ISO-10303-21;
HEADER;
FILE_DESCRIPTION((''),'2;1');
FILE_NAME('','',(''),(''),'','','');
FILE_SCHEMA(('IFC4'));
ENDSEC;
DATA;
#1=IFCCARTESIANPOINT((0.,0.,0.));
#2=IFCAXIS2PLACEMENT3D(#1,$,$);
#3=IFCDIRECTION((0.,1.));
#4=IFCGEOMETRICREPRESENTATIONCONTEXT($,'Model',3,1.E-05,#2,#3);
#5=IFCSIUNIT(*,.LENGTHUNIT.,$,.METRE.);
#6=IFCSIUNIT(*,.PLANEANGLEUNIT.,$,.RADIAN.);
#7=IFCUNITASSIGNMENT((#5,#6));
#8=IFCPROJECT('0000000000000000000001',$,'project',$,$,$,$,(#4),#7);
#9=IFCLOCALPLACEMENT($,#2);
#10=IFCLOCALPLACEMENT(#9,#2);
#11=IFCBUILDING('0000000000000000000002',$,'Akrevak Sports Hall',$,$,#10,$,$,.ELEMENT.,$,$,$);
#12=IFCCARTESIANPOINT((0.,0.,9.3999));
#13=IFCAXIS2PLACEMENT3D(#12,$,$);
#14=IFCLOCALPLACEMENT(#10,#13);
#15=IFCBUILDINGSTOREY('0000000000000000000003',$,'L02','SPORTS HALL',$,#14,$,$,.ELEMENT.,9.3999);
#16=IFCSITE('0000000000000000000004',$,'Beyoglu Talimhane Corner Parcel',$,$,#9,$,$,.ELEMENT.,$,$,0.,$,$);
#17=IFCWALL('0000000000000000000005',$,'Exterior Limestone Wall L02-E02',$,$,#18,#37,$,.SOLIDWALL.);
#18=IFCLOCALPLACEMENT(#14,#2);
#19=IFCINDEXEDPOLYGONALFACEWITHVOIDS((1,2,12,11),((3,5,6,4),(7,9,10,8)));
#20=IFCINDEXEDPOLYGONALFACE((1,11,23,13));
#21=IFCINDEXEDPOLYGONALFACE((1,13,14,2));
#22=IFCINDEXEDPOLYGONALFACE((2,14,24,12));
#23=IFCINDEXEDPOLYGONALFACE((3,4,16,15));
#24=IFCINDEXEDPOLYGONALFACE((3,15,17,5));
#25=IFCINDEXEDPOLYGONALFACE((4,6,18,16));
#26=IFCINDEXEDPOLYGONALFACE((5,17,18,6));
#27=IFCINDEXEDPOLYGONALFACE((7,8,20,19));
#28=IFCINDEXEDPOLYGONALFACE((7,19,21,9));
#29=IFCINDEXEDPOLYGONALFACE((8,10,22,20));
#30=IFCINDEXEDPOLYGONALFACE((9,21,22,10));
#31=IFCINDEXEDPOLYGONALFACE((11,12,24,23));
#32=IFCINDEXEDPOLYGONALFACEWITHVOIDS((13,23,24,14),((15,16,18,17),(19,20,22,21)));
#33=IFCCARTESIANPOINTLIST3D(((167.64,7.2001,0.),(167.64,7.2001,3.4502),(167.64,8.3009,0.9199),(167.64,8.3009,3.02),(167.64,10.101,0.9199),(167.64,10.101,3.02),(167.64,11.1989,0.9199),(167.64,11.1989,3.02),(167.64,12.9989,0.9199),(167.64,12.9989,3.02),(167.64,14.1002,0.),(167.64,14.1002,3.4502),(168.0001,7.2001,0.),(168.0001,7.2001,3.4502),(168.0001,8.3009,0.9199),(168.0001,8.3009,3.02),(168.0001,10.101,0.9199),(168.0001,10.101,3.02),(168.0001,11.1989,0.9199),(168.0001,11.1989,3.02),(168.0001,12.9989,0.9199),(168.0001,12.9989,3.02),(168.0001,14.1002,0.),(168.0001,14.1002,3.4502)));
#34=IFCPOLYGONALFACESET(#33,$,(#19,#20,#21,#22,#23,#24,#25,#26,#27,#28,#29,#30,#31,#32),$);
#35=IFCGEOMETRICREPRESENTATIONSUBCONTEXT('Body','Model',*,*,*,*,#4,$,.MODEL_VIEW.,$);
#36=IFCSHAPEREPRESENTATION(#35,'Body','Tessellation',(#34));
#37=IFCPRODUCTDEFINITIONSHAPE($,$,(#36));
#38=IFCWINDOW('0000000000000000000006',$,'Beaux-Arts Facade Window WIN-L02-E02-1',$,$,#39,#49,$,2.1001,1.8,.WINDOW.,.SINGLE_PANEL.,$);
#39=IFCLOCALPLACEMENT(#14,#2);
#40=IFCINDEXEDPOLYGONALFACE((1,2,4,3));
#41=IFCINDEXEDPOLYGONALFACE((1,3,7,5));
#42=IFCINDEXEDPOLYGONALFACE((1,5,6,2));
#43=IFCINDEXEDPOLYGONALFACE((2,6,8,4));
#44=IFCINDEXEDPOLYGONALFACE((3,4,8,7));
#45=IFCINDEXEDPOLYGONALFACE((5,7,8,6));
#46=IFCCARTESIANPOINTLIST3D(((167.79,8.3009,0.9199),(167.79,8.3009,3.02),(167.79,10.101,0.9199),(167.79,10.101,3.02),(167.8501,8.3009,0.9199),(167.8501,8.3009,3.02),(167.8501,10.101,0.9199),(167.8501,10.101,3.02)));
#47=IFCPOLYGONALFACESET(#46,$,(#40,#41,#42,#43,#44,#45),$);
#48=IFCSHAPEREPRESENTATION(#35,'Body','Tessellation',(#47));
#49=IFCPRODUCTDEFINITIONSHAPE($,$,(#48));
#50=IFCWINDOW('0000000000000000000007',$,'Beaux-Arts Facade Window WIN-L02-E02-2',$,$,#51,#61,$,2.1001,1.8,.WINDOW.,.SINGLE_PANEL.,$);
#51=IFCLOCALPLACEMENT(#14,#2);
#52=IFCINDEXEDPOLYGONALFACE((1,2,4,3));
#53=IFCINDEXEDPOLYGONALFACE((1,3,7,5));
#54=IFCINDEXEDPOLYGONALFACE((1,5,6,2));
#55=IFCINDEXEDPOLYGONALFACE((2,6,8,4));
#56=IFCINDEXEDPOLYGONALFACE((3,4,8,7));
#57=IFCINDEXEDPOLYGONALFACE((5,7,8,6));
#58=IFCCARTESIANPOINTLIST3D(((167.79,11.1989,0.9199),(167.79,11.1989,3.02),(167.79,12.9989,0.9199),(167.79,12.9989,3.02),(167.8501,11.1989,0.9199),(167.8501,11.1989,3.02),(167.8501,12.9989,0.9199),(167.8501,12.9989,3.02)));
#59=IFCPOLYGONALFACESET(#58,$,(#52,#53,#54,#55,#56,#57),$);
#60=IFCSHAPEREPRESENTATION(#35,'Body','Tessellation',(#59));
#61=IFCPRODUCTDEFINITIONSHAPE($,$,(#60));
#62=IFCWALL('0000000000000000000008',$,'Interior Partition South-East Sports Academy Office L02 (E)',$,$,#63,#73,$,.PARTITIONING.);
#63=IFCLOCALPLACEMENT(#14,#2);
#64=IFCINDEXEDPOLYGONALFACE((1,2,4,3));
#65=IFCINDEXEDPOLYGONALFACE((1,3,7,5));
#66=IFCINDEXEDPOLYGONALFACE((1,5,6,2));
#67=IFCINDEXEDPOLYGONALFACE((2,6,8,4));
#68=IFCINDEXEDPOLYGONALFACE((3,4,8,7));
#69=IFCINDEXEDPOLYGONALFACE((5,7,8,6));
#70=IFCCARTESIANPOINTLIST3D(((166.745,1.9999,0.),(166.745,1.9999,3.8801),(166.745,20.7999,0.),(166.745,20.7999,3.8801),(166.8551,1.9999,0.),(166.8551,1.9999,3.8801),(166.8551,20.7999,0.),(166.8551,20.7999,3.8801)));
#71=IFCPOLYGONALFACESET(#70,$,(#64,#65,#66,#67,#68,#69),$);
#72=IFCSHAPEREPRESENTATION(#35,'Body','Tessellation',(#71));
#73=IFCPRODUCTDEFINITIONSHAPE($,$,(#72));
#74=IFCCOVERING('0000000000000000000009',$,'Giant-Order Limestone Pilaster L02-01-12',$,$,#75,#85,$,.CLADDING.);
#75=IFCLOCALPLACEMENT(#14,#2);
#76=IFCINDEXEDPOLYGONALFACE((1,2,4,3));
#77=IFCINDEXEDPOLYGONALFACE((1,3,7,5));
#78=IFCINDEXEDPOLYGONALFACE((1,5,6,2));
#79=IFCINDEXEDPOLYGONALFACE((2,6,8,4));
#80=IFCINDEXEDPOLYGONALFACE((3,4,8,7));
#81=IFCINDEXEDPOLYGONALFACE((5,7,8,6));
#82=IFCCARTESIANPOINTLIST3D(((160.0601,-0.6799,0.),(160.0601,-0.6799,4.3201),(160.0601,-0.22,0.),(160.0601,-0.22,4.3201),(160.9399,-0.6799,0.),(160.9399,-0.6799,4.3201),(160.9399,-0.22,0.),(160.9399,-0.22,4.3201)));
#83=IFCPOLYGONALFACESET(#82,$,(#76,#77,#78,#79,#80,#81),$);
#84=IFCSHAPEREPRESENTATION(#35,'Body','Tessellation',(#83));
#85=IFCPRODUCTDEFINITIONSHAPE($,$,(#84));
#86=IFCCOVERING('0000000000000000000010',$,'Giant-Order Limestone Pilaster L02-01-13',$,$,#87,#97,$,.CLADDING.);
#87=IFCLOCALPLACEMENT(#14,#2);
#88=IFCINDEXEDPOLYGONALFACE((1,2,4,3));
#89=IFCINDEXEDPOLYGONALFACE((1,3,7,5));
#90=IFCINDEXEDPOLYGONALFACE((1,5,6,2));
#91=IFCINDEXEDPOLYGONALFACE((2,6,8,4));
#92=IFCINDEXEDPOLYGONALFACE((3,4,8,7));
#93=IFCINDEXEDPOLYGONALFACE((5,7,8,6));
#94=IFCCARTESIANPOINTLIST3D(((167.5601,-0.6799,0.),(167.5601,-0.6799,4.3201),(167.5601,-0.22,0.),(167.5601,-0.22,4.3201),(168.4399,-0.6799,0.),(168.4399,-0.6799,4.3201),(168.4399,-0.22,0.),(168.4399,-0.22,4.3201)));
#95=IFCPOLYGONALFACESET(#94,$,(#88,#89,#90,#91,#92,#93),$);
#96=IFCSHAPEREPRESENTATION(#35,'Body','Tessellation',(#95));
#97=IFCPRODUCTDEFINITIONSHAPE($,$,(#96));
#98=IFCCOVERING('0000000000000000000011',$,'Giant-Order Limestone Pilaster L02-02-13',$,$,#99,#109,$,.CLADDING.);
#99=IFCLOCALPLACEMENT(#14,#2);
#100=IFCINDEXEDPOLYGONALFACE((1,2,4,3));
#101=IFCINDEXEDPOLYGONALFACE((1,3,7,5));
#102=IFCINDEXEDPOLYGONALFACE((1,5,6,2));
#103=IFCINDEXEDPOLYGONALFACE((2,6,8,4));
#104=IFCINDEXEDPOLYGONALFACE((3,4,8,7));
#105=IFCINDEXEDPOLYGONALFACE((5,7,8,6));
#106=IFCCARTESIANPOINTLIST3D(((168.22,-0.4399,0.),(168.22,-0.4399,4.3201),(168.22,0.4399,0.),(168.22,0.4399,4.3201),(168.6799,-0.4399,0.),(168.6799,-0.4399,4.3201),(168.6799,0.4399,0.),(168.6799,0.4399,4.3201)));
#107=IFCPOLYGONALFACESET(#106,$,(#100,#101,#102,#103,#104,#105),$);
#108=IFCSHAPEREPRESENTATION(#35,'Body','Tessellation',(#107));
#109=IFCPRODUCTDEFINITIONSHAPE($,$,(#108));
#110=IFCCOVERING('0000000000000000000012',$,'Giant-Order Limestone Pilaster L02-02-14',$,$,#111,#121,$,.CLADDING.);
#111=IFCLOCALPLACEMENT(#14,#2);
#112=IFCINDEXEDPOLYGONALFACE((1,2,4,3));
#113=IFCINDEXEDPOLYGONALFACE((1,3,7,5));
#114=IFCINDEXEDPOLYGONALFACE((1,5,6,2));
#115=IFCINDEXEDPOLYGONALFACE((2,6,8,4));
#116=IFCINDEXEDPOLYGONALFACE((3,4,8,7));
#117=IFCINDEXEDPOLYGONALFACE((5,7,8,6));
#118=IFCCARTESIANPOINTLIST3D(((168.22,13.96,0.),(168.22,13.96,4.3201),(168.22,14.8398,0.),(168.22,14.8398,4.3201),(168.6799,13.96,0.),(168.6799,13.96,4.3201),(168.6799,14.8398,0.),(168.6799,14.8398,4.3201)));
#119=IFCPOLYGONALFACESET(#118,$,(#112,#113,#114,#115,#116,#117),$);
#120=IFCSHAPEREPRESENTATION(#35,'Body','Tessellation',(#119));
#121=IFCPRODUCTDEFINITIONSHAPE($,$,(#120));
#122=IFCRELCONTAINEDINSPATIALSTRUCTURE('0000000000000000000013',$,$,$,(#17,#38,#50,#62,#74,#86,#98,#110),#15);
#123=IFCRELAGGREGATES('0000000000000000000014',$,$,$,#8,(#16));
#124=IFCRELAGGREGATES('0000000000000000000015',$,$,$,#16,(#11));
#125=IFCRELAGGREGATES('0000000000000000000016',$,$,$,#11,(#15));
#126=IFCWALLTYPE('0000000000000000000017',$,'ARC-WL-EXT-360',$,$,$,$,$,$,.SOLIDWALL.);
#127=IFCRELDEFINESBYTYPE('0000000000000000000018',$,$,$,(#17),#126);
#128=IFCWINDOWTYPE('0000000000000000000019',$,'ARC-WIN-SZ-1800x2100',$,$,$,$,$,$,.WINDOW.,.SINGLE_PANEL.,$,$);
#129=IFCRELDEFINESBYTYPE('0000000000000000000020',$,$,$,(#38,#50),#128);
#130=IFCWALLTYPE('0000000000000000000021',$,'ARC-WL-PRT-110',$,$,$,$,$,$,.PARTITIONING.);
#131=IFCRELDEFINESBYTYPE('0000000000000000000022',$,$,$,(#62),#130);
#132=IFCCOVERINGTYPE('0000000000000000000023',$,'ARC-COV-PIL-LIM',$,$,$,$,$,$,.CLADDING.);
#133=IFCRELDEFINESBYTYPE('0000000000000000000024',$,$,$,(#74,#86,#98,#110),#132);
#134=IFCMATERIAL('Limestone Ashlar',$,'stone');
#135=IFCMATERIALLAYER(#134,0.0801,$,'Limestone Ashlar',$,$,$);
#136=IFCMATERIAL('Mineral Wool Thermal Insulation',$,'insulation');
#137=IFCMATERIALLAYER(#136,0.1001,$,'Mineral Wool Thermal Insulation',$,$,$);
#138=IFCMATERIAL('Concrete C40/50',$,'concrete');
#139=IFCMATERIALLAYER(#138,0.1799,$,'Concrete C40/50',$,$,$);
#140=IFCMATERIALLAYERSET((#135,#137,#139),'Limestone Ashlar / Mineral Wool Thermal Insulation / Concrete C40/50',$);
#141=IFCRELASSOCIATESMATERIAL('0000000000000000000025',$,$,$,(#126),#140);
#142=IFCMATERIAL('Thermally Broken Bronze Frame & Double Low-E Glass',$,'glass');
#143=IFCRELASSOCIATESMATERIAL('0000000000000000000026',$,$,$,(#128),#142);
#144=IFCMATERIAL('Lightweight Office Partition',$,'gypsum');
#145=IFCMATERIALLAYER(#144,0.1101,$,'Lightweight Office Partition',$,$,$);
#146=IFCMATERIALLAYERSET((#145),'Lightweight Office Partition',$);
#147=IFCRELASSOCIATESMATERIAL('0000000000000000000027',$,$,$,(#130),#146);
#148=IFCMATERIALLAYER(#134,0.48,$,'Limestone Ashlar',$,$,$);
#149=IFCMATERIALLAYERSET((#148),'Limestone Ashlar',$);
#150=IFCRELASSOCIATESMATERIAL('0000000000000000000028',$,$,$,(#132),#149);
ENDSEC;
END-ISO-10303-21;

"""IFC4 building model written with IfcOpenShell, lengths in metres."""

from ifc_helpers import new_model, si_unit, direction, frame, frame_2d, origin, origin_2d, place, context, subcontext, project, spatial, rectangle, extrude, material, layer, layer_set, type_object, element, fill, save


model = new_model("IFC4")

# Units and contexts
model_context = context("Model", 3, precision=1e-05, world=origin(), true_north=direction((0.0, 1.0)))
body_context = subcontext(model_context, "Body", "Model", "MODEL_VIEW")
ifc_project = project(units=[si_unit("LENGTHUNIT", "METRE"), si_unit("PLANEANGLEUNIT", "RADIAN")], contexts=[model_context])

# Site, building, storey
site_placement = place(None, origin())
site = spatial("IfcSite", under=ifc_project, at=site_placement, Name="Beyoglu Talimhane Corner Parcel", CompositionType="ELEMENT", RefElevation=0.0)
building_placement = place(site_placement, origin())
building = spatial("IfcBuilding", under=site, at=building_placement, Name="Akrevak Sports Hall", CompositionType="ELEMENT")
storey_placement = place(building_placement, frame((0.0, 0.0, 9.3999)))
storey = spatial("IfcBuildingStorey", under=building, at=storey_placement, Name="L02", Description="SPORTS HALL", CompositionType="ELEMENT", Elevation=9.3999)

# Shared definitions
ifc_material_1 = material(Name="Concrete C40/50", Category="concrete")

# Shared definitions
ifc_material_2 = material(Name="Limestone Ashlar", Category="stone")
ifc_layer_1 = layer(ifc_material_2, 0.0801, Name="Limestone Ashlar")
ifc_material_3 = material(Name="Mineral Wool Thermal Insulation", Category="insulation")
ifc_layer_2 = layer(ifc_material_3, 0.1001, Name="Mineral Wool Thermal Insulation")
ifc_layer_3 = layer(ifc_material_1, 0.1799, Name="Concrete C40/50")
ifc_layer_set_1 = layer_set([ifc_layer_1, ifc_layer_2, ifc_layer_3], Name="Limestone Ashlar / Mineral Wool Thermal Insulation / Concrete C40/50")
wall_type_1 = type_object("IfcWallType", Name="ARC-WL-EXT-360", PredefinedType="SOLIDWALL", material=ifc_layer_set_1)
ifc_material_4 = material(Name="Thermally Broken Bronze Frame & Double Low-E Glass", Category="glass")

# Wall, openings, windows
wall_1_placement = place(storey_placement, frame((167.8201, 7.2, 0.0), z_axis=(0.0, 0.0, 1.0), x_axis=(0.0, 1.0, 0.0)))
wall_1 = element("IfcWall", 1, at=wall_1_placement, inside=storey, type_object=wall_type_1, Name="Exterior Limestone Wall L02-E02", PredefinedType="SOLIDWALL", context=body_context, shape_type="SweptSolid", body=[
    extrude(rectangle(XDim=6.9001, YDim=0.3601, at=frame_2d((3.4502, 0.0))), origin(), (0.0, 0.0, 1.0), 3.4502),
])
opening_1_placement = place(wall_1_placement, frame((1.1011, 0.0, 0.9199)))
opening_1 = element("IfcOpeningElement", 2, at=opening_1_placement, cuts=wall_1, PredefinedType="OPENING", context=body_context, shape_type="SweptSolid", body=[
    extrude(rectangle(XDim=1.8, YDim=2.1001, at=frame_2d((0.8999, 1.05))), frame((0.0, 0.1919, 0.0), z_axis=(0.0, -1.0, 0.0), x_axis=(1.0, 0.0, 0.0)), (0.0, 0.0, 1.0), 0.384),
])
opening_2_placement = place(wall_1_placement, frame((3.999, 0.0, 0.9199)))
opening_2 = element("IfcOpeningElement", 3, at=opening_2_placement, cuts=wall_1, PredefinedType="OPENING", context=body_context, shape_type="SweptSolid", body=[
    extrude(rectangle(XDim=1.8, YDim=2.1001, at=frame_2d((0.8999, 1.05))), frame((0.0, 0.1919, 0.0), z_axis=(0.0, -1.0, 0.0), x_axis=(1.0, 0.0, 0.0)), (0.0, 0.0, 1.0), 0.384),
])
window_type_1 = type_object("IfcWindowType", Name="ARC-WIN-SZ-1800x2100", PartitioningType="SINGLE_PANEL", PredefinedType="WINDOW", material=ifc_material_4)
window_1_placement = place(opening_1_placement, origin())
window_1 = element("IfcWindow", 4, at=window_1_placement, inside=storey, type_object=window_type_1, Name="Beaux-Arts Facade Window WIN-L02-E02-1", OverallHeight=2.1001, OverallWidth=1.8, PartitioningType="SINGLE_PANEL", PredefinedType="WINDOW", context=body_context, shape_type="SweptSolid", body=[
    extrude(rectangle(XDim=1.8, YDim=2.1001, at=frame_2d((0.8999, 1.05))), frame((0.0, 0.03, 0.0), z_axis=(0.0, -1.0, 0.0), x_axis=(1.0, 0.0, 0.0)), (0.0, 0.0, 1.0), 0.0601),
])
fill(opening_1, window_1)
window_2_placement = place(opening_2_placement, origin())
window_2 = element("IfcWindow", 5, at=window_2_placement, inside=storey, type_object=window_type_1, Name="Beaux-Arts Facade Window WIN-L02-E02-2", OverallHeight=2.1001, OverallWidth=1.8, PartitioningType="SINGLE_PANEL", PredefinedType="WINDOW", context=body_context, shape_type="SweptSolid", body=[
    extrude(rectangle(XDim=1.8, YDim=2.1001, at=frame_2d((0.8999, 1.05))), frame((0.0, 0.03, 0.0), z_axis=(0.0, -1.0, 0.0), x_axis=(1.0, 0.0, 0.0)), (0.0, 0.0, 1.0), 0.0601),
])
fill(opening_2, window_2)

# Wall
ifc_material_5 = material(Name="Lightweight Office Partition", Category="gypsum")
ifc_layer_4 = layer(ifc_material_5, 0.1101, Name="Lightweight Office Partition")
ifc_layer_set_2 = layer_set([ifc_layer_4], Name="Lightweight Office Partition")
wall_type_2 = type_object("IfcWallType", Name="ARC-WL-PRT-110", PredefinedType="PARTITIONING", material=ifc_layer_set_2)
wall_2_placement = place(storey_placement, frame((166.8, 2.0, 0.0), z_axis=(0.0, 0.0, 1.0), x_axis=(0.0, 1.0, 0.0)))
element("IfcWall", 6, at=wall_2_placement, inside=storey, type_object=wall_type_2, Name="Interior Partition South-East Sports Academy Office L02 (E)", PredefinedType="PARTITIONING", context=body_context, shape_type="SweptSolid", body=[
    extrude(rectangle(XDim=18.8, YDim=0.1101, at=frame_2d((9.3999, 0.0))), origin(), (0.0, 0.0, 1.0), 3.8801),
])

# Coverings
ifc_layer_5 = layer(ifc_material_2, 0.48, Name="Limestone Ashlar")
ifc_layer_set_3 = layer_set([ifc_layer_5], Name="Limestone Ashlar")
covering_type = type_object("IfcCoveringType", Name="ARC-COV-PIL-LIM", PredefinedType="CLADDING", material=ifc_layer_set_3)
for number, where, z_axis, x_axis, name in (
    (7, (160.5, -0.45, 0.0), (0.0, 0.0, 1.0), (1.0, 0.0, 0.0), "Giant-Order Limestone Pilaster L02-01-12"),
    (8, (168.0, -0.45, 0.0), (0.0, 0.0, 1.0), (1.0, 0.0, 0.0), "Giant-Order Limestone Pilaster L02-01-13"),
    (9, (168.45, 0.0, 0.0), (0.0, 0.0, 1.0), (0.0, 1.0, 0.0), "Giant-Order Limestone Pilaster L02-02-13"),
    (10, (168.45, 14.3999, 0.0), (0.0, 0.0, 1.0), (0.0, 1.0, 0.0), "Giant-Order Limestone Pilaster L02-02-14"),
):
    element("IfcCovering", number, at=place(storey_placement, frame(where, z_axis=z_axis, x_axis=x_axis)), inside=storey, type_object=covering_type, Name=name, PredefinedType="CLADDING", context=body_context, shape_type="SweptSolid", body=[
        extrude(rectangle(XDim=0.8799, YDim=0.46, at=origin_2d()), origin(), (0.0, 0.0, 1.0), 4.3201),
    ])

save(model, "model.ifc")
